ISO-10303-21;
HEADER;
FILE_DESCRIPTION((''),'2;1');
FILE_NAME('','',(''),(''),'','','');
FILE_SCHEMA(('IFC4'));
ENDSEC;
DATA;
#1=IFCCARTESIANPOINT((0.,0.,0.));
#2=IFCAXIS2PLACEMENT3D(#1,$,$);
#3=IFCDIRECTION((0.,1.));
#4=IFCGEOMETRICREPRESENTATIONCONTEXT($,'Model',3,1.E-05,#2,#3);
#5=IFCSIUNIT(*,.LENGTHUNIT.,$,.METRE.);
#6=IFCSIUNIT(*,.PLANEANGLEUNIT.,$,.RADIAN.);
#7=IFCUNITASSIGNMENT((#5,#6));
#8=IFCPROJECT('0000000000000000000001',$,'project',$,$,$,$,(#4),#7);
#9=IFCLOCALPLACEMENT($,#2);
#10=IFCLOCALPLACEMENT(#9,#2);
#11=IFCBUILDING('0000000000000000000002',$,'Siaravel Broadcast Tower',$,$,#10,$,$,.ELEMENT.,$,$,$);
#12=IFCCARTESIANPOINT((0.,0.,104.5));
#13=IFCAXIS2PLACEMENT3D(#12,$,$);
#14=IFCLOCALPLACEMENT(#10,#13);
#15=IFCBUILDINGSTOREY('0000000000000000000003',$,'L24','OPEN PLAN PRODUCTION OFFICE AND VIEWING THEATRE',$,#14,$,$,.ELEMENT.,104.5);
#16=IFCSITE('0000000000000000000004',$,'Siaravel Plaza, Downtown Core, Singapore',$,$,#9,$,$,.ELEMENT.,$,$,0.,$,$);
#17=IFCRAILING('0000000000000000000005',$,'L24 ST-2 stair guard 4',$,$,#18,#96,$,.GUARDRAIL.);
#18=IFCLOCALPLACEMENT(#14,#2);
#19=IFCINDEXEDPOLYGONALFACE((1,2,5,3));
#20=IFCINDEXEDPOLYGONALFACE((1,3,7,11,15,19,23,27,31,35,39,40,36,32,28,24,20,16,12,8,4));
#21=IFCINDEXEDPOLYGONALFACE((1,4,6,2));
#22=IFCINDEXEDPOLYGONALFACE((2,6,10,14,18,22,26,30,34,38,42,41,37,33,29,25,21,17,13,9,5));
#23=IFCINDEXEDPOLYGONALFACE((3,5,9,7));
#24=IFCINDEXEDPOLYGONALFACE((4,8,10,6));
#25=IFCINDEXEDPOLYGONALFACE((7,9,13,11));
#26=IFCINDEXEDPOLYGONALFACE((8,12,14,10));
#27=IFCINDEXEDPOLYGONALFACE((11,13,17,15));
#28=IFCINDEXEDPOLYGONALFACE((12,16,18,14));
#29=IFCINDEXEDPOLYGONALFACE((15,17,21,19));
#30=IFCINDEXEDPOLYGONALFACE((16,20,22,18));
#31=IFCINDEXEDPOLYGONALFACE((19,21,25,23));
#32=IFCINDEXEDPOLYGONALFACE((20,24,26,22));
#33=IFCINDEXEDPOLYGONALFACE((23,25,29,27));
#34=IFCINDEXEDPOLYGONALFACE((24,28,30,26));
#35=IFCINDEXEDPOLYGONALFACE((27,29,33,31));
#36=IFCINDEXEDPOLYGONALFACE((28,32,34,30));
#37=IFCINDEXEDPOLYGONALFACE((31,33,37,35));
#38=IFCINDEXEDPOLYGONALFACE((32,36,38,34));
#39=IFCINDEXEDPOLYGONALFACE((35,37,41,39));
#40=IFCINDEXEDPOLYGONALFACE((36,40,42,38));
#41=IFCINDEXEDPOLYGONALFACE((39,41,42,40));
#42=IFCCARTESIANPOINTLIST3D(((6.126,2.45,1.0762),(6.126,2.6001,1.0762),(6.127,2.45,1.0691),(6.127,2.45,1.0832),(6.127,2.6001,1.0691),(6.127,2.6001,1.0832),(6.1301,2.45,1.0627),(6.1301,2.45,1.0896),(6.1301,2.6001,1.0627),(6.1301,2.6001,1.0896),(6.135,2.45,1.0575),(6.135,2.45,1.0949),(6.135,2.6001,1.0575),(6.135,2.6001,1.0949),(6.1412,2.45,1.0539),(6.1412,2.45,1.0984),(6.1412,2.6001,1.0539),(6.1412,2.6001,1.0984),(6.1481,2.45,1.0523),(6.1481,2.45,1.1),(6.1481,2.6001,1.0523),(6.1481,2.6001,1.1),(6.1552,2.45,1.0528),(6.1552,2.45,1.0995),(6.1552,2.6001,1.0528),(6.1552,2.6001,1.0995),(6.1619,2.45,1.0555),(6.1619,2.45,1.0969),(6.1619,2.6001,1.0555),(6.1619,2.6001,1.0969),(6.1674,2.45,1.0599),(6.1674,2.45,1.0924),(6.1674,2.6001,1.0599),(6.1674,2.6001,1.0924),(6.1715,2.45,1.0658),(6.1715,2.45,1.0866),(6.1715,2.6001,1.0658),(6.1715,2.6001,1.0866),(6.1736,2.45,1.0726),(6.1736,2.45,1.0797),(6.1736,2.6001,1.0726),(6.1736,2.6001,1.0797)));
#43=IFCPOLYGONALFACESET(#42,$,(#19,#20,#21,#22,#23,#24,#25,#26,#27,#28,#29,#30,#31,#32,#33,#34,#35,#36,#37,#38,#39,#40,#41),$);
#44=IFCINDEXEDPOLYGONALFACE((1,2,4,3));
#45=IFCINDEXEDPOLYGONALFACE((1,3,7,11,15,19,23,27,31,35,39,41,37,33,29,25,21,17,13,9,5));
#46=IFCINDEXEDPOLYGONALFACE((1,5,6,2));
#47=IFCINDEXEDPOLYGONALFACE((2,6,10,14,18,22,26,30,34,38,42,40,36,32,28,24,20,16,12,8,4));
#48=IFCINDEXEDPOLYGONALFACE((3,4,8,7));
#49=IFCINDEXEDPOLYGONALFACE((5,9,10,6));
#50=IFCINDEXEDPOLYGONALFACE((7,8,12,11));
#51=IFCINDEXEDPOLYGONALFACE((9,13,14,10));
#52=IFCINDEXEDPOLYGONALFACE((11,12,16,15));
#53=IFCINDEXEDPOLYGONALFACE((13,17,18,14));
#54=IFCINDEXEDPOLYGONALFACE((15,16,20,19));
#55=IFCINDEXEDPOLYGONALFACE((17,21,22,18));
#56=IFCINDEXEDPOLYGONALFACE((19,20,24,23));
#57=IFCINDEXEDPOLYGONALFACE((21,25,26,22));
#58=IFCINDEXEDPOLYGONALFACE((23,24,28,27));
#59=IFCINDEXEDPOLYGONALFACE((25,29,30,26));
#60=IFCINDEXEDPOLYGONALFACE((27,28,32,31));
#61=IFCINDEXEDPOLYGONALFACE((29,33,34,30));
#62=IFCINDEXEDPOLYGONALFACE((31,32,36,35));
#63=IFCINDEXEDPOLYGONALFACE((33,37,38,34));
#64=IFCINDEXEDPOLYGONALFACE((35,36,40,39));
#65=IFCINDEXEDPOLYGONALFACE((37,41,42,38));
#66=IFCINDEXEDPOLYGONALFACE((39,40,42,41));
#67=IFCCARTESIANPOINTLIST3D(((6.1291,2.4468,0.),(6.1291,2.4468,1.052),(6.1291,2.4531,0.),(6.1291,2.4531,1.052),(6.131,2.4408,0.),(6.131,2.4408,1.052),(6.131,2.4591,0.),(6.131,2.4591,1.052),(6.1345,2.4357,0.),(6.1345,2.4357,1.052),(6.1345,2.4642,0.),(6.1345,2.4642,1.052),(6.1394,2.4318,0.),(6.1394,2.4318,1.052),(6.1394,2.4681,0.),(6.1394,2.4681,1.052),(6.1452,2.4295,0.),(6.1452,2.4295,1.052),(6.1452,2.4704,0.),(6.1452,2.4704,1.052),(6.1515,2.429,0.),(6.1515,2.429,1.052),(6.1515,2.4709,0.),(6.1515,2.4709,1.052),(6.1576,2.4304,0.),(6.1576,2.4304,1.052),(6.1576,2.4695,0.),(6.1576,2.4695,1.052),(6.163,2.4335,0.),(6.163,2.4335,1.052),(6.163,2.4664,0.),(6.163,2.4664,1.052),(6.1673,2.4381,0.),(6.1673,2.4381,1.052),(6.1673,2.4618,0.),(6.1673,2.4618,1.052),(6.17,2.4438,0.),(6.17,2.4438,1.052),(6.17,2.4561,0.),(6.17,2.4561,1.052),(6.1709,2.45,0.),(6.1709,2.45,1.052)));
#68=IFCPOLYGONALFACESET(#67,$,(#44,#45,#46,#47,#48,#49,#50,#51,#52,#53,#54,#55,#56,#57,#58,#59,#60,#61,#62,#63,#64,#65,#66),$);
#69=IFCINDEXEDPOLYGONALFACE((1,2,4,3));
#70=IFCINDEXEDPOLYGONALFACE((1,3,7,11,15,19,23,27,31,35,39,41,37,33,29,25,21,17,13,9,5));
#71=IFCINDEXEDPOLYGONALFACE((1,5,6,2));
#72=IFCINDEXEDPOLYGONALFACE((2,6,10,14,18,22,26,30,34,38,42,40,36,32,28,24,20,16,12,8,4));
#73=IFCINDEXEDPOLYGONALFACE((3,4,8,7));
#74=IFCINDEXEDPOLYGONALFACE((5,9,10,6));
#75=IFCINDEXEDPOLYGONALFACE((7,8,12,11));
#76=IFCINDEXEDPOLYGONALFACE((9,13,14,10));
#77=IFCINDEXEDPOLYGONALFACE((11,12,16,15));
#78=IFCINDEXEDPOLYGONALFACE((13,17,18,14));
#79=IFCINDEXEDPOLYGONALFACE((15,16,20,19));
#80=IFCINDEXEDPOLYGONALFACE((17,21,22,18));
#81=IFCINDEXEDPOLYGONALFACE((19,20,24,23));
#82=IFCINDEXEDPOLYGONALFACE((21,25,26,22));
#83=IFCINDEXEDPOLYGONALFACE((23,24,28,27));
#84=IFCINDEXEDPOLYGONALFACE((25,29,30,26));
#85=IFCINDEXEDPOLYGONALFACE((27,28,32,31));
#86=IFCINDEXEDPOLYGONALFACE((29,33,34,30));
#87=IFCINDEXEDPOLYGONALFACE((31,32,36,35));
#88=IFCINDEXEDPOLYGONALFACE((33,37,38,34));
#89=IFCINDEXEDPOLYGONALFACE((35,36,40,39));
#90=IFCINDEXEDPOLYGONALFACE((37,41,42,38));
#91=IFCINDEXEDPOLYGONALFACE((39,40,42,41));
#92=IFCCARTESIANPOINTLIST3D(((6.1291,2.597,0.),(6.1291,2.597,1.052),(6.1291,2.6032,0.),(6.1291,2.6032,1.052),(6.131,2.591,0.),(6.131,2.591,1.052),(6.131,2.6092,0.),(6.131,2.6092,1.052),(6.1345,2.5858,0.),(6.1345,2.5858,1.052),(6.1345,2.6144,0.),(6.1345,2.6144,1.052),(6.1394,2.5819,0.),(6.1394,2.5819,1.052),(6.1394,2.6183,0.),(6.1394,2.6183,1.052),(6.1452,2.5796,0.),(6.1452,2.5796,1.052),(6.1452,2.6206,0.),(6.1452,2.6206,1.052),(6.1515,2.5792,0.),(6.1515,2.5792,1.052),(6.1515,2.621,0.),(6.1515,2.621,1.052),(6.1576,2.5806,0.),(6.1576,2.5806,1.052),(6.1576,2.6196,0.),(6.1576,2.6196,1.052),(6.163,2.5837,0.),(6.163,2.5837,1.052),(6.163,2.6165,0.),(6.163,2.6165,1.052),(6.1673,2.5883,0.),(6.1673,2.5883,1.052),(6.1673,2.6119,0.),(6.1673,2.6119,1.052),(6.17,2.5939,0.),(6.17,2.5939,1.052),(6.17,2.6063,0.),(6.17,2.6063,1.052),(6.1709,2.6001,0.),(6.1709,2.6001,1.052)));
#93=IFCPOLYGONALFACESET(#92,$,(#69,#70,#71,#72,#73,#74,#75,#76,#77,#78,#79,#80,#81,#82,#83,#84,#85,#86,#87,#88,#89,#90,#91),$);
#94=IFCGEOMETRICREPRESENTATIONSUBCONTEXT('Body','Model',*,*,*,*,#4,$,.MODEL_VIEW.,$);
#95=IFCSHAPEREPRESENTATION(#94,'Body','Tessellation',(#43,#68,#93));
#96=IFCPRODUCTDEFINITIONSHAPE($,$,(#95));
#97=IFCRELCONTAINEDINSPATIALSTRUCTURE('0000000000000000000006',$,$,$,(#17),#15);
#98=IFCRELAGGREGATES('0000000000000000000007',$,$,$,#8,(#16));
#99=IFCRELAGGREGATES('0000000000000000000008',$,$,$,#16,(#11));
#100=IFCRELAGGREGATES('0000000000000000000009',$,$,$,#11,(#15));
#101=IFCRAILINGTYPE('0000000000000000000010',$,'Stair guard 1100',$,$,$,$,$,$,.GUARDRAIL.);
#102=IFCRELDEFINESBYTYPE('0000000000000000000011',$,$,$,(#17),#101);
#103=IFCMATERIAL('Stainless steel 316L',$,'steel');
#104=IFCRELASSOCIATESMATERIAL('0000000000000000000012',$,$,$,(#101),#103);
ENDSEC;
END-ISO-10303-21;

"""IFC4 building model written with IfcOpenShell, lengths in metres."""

from ifc_helpers import new_model, si_unit, direction, frame, origin, origin_2d, place, context, subcontext, project, spatial, circle, extrude, material, type_object, element, save


model = new_model("IFC4")

# Units and contexts
model_context = context("Model", 3, precision=1e-05, world=origin(), true_north=direction((0.0, 1.0)))
body_context = subcontext(model_context, "Body", "Model", "MODEL_VIEW")
ifc_project = project(units=[si_unit("LENGTHUNIT", "METRE"), si_unit("PLANEANGLEUNIT", "RADIAN")], contexts=[model_context])

# Site, building, storey
site_placement = place(None, origin())
site = spatial("IfcSite", under=ifc_project, at=site_placement, Name="Siaravel Plaza, Downtown Core, Singapore", CompositionType="ELEMENT", RefElevation=0.0)
building_placement = place(site_placement, origin())
building = spatial("IfcBuilding", under=site, at=building_placement, Name="Siaravel Broadcast Tower", CompositionType="ELEMENT")
storey_placement = place(building_placement, frame((0.0, 0.0, 104.5)))
storey = spatial("IfcBuildingStorey", under=building, at=storey_placement, Name="L24", Description="OPEN PLAN PRODUCTION OFFICE AND VIEWING THEATRE", CompositionType="ELEMENT", Elevation=104.5)

# Railing
ifc_material_1 = material(Name="Stainless steel 316L", Category="steel")
railing_type_1 = type_object("IfcRailingType", Name="Stair guard 1100", PredefinedType="GUARDRAIL", material=ifc_material_1)
railing_1_placement = place(storey_placement, frame((6.1499, 2.45, 0.0)))
element("IfcRailing", 1, at=railing_1_placement, inside=storey, type_object=railing_type_1, Name="L24 ST-2 stair guard 4", PredefinedType="GUARDRAIL", context=body_context, shape_type="SweptSolid", body=[
    extrude(circle(Radius=0.0239, at=origin_2d()), frame((0.0, 0.0, 1.0762), z_axis=(0.0, 1.0, 0.0), x_axis=(-1.0, 0.0, 0.0)), (0.0, 0.0, 1.0), 0.1501),
    extrude(circle(Radius=0.021, at=origin_2d()), origin(), (0.0, 0.0, 1.0), 1.052),
    extrude(circle(Radius=0.021, at=origin_2d()), frame((0.0, 0.1501, 0.0)), (0.0, 0.0, 1.0), 1.052),
])

save(model, "model.ifc")
